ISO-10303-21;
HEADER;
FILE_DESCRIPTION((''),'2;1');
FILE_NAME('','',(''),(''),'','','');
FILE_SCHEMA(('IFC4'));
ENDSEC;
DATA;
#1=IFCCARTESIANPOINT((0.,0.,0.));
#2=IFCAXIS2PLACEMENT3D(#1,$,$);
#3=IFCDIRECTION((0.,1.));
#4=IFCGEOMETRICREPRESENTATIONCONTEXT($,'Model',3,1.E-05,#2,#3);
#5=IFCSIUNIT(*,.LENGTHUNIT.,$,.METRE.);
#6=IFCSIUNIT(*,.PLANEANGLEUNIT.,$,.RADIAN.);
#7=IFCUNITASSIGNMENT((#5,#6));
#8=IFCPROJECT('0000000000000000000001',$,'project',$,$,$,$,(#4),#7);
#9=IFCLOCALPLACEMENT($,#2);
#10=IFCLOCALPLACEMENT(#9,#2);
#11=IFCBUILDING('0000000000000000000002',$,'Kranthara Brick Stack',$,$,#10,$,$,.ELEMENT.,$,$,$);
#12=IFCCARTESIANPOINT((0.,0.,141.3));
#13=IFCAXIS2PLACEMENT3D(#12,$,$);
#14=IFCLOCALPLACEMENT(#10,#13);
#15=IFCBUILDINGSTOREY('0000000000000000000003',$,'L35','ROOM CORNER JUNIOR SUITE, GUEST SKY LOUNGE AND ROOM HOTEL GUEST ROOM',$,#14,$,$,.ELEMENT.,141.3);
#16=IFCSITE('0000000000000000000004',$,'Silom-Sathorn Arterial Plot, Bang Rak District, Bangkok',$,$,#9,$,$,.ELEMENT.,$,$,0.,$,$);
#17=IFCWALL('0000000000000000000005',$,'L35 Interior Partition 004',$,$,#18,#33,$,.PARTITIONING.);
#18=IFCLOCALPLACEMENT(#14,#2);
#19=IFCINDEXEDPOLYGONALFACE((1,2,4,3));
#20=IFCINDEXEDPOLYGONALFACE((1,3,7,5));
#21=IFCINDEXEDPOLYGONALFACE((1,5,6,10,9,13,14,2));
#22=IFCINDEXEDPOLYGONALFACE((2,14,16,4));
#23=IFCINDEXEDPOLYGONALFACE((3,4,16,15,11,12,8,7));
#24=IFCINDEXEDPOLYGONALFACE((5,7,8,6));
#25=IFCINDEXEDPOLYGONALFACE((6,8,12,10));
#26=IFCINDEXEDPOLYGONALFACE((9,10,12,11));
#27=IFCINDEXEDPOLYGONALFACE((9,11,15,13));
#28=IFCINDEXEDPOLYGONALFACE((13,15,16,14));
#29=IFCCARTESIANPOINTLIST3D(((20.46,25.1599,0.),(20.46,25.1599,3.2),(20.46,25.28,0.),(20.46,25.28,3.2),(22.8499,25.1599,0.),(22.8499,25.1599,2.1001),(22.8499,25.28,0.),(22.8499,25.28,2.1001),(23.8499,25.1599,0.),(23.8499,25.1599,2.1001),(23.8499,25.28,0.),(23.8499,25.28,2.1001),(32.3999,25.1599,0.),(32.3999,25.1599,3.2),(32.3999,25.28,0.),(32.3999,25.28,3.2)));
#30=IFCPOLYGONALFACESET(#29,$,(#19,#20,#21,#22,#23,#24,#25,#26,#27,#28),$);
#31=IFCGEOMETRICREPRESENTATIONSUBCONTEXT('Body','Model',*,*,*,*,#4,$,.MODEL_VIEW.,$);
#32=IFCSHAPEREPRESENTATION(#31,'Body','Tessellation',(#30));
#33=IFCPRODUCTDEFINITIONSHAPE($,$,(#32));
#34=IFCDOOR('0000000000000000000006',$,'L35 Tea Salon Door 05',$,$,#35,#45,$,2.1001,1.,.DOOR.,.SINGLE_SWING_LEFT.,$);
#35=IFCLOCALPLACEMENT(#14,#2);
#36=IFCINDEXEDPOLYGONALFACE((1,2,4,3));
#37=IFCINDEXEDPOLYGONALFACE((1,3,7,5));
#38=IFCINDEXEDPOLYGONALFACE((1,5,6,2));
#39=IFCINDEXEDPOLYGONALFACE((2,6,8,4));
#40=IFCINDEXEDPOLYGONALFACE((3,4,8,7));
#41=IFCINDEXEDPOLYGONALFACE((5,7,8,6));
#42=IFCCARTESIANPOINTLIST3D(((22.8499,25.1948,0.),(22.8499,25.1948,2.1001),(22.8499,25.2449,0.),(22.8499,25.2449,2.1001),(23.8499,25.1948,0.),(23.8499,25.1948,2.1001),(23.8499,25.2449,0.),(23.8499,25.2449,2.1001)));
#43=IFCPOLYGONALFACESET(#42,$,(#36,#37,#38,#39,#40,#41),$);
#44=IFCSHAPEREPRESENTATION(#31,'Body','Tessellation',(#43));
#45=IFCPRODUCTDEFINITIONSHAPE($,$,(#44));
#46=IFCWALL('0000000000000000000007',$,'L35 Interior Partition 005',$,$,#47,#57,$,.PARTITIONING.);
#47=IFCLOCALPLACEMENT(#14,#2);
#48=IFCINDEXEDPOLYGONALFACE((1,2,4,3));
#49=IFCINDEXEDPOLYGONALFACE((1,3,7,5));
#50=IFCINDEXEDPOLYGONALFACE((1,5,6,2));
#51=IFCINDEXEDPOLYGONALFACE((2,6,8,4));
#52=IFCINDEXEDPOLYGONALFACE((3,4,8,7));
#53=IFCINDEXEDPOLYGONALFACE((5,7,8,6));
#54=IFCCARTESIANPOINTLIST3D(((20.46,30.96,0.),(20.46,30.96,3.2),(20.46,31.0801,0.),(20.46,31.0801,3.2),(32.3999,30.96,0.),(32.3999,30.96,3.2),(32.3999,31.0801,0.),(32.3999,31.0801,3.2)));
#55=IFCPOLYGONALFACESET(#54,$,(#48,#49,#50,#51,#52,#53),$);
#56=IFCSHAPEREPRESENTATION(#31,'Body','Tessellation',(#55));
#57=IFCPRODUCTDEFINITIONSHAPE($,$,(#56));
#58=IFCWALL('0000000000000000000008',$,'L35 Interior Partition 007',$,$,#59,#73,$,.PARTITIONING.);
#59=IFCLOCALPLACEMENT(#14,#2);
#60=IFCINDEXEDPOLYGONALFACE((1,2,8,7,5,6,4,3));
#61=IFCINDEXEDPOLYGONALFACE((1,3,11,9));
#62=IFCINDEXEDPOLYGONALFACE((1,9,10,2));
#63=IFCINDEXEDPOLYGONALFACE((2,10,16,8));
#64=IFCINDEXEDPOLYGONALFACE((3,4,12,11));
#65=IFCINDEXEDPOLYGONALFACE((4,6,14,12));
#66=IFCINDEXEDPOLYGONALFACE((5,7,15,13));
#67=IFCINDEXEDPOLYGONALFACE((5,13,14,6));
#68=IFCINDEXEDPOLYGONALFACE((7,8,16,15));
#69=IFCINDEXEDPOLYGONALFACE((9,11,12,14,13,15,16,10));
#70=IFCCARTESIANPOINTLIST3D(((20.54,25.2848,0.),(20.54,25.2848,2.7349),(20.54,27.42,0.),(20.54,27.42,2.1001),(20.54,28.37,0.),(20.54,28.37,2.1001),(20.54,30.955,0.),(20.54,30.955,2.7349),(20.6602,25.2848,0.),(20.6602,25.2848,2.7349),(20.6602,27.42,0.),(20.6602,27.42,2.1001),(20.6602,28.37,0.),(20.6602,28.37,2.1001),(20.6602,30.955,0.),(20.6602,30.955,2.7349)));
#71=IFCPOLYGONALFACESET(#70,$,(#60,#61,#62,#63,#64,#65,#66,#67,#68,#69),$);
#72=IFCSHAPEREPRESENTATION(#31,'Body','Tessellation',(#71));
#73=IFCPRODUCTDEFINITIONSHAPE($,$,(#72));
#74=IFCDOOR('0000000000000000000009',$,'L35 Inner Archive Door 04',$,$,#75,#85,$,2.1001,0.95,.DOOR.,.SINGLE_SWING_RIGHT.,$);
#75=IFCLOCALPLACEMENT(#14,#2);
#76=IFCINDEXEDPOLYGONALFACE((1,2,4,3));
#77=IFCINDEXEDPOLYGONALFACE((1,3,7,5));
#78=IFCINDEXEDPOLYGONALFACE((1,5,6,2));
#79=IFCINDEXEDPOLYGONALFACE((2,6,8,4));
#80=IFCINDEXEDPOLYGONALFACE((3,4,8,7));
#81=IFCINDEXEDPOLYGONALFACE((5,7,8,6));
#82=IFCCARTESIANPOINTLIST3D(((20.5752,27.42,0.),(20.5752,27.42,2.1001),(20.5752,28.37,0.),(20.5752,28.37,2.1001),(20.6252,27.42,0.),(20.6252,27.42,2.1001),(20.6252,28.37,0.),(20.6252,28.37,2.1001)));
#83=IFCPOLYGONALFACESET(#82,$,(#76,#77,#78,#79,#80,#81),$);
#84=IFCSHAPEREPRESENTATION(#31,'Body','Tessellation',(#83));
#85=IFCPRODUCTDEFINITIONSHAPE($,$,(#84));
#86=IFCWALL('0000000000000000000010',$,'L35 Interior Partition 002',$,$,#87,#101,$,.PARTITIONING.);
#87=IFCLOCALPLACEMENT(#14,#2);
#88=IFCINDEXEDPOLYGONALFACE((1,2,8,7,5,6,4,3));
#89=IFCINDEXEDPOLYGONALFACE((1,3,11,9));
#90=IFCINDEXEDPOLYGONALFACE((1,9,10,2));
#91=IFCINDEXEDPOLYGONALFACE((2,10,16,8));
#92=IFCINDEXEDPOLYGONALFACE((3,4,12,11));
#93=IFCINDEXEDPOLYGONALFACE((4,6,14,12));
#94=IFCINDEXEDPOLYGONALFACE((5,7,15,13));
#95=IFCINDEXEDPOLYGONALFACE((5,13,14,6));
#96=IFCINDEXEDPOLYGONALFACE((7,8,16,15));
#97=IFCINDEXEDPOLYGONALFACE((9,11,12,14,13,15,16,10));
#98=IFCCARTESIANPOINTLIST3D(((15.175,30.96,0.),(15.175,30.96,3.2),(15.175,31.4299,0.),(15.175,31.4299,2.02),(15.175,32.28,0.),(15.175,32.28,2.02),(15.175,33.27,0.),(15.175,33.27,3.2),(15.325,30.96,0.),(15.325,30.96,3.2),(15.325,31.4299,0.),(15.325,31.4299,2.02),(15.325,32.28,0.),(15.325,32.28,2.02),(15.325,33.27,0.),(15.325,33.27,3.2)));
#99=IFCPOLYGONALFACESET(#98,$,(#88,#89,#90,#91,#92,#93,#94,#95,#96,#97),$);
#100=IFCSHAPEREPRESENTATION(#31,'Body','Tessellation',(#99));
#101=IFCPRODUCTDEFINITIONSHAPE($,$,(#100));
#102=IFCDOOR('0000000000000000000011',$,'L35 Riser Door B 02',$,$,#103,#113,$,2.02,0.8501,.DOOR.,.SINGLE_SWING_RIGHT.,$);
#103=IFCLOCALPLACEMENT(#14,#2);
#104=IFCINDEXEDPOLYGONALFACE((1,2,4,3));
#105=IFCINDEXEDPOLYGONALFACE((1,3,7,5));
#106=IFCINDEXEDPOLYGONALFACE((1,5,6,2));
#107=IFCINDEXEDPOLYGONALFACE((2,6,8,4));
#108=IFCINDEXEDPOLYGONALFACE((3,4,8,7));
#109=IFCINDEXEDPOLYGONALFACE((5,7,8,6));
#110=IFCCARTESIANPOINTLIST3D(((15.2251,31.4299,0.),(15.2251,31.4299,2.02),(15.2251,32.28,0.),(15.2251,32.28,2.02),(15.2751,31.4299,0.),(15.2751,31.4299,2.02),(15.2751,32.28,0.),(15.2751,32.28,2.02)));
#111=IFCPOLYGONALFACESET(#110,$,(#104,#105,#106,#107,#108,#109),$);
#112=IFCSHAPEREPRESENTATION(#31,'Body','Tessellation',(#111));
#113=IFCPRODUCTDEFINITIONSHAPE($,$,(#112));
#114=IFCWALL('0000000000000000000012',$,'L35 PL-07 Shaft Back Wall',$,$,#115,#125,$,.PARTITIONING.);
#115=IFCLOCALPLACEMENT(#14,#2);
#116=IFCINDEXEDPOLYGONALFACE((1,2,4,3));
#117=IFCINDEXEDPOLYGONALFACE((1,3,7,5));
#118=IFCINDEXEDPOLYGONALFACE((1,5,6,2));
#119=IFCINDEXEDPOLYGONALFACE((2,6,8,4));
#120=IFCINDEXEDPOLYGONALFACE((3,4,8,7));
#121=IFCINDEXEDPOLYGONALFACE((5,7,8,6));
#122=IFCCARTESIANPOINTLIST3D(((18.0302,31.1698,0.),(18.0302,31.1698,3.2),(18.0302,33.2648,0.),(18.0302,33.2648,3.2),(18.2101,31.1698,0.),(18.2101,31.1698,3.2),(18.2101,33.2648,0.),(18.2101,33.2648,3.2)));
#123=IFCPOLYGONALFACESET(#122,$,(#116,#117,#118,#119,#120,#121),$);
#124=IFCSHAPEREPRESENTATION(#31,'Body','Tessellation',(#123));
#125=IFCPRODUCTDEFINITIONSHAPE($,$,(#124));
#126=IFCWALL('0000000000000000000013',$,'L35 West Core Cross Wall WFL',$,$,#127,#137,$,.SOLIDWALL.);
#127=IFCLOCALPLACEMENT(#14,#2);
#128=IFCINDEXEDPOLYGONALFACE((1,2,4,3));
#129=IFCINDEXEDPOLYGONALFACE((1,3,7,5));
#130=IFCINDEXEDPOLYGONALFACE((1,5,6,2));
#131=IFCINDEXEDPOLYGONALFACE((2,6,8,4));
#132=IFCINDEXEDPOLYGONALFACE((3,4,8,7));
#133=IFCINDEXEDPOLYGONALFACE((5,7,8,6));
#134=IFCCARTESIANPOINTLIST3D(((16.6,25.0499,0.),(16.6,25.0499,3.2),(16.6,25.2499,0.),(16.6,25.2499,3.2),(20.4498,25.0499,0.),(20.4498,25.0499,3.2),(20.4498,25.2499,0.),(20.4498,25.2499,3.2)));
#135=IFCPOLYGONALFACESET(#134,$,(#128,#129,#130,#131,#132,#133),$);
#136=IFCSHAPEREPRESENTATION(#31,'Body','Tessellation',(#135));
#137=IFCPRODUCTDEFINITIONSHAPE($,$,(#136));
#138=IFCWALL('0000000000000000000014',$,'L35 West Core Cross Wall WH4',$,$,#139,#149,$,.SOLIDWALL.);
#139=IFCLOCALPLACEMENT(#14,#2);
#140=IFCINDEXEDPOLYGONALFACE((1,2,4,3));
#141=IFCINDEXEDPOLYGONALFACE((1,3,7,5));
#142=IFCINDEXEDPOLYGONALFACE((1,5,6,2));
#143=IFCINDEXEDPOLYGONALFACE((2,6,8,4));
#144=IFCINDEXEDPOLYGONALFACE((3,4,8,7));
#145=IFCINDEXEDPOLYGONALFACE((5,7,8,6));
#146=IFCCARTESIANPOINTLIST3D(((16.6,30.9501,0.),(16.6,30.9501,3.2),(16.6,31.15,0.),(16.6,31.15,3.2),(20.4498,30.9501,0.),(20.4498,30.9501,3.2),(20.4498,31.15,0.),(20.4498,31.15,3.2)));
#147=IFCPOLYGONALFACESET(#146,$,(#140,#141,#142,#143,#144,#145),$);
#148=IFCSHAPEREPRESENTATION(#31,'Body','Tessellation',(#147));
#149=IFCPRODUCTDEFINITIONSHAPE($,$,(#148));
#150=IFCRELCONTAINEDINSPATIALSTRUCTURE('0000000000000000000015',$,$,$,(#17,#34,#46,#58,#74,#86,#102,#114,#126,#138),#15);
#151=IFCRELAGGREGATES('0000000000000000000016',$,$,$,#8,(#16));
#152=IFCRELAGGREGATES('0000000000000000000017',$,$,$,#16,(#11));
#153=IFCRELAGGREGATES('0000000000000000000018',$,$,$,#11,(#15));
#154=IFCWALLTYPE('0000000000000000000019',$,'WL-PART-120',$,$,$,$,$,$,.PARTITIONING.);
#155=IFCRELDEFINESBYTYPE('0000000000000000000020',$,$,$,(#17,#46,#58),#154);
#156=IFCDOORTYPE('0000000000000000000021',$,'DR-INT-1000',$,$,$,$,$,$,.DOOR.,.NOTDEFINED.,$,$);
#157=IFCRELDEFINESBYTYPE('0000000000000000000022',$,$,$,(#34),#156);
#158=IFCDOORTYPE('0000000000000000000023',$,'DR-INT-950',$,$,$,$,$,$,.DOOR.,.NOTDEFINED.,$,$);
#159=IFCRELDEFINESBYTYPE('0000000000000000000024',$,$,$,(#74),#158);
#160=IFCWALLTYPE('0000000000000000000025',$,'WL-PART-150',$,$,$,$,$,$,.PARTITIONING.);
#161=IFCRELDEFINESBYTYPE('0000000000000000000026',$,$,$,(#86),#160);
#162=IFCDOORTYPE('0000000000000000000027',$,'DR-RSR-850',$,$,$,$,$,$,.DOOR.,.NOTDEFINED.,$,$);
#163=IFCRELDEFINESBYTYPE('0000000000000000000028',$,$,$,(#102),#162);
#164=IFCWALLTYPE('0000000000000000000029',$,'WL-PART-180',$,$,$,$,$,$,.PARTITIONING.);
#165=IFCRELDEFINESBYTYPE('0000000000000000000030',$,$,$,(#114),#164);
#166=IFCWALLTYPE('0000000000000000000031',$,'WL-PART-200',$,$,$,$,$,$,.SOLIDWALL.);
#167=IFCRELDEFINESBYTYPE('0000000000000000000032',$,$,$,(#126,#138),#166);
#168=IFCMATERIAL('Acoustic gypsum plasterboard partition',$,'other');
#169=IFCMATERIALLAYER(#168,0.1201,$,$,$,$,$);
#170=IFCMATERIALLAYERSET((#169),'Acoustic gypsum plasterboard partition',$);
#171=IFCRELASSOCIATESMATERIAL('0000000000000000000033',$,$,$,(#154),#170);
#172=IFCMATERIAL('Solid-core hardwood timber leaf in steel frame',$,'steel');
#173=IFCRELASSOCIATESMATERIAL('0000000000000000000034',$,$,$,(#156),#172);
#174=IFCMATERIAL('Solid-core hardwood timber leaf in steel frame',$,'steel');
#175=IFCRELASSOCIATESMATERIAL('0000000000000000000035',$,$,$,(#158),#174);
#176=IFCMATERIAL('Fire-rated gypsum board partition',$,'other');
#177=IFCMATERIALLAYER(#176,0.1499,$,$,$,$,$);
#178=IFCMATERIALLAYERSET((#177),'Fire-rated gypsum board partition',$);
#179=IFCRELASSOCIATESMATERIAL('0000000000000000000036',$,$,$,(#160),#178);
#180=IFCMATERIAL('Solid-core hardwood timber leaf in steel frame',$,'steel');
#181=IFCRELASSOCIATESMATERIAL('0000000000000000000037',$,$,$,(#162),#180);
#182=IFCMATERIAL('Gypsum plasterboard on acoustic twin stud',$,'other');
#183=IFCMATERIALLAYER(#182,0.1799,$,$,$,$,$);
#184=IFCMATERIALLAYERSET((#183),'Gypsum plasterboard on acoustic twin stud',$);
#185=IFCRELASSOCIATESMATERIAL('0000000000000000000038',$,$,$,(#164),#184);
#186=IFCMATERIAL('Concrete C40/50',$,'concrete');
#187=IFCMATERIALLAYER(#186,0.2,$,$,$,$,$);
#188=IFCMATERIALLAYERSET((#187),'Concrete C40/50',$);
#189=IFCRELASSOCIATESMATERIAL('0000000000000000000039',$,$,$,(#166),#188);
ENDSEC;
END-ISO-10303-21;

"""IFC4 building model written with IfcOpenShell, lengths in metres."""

from ifc_helpers import new_model, si_unit, direction, frame, frame_2d, origin, place, context, subcontext, project, spatial, rectangle, extrude, material, layer, layer_set, type_object, element, fill, save


model = new_model("IFC4")

# Units and contexts
model_context = context("Model", 3, precision=1e-05, world=origin(), true_north=direction((0.0, 1.0)))
body_context = subcontext(model_context, "Body", "Model", "MODEL_VIEW")
ifc_project = project(units=[si_unit("LENGTHUNIT", "METRE"), si_unit("PLANEANGLEUNIT", "RADIAN")], contexts=[model_context])

# Site, building, storey
site_placement = place(None, origin())
site = spatial("IfcSite", under=ifc_project, at=site_placement, Name="Silom-Sathorn Arterial Plot, Bang Rak District, Bangkok", CompositionType="ELEMENT", RefElevation=0.0)
building_placement = place(site_placement, origin())
building = spatial("IfcBuilding", under=site, at=building_placement, Name="Kranthara Brick Stack", CompositionType="ELEMENT")
storey_placement = place(building_placement, frame((0.0, 0.0, 141.3)))
storey = spatial("IfcBuildingStorey", under=building, at=storey_placement, Name="L35", Description="ROOM CORNER JUNIOR SUITE, GUEST SKY LOUNGE AND ROOM HOTEL GUEST ROOM", CompositionType="ELEMENT", Elevation=141.3)

# Wall, opening, door
ifc_material_1 = material(Name="Acoustic gypsum plasterboard partition", Category="other")
ifc_layer_1 = layer(ifc_material_1, 0.1201)
ifc_layer_set_1 = layer_set([ifc_layer_1], Name="Acoustic gypsum plasterboard partition")
wall_type_1 = type_object("IfcWallType", Name="WL-PART-120", PredefinedType="PARTITIONING", material=ifc_layer_set_1)
wall_1_placement = place(storey_placement, frame((20.46, 25.22, 0.0), z_axis=(0.0, 0.0, 1.0), x_axis=(1.0, 0.0, 0.0)))
wall_1 = element("IfcWall", 1, at=wall_1_placement, inside=storey, type_object=wall_type_1, Name="L35 Interior Partition 004", PredefinedType="PARTITIONING", context=body_context, shape_type="SweptSolid", body=[
    extrude(rectangle(XDim=11.9399, YDim=0.1201, at=frame_2d((5.97, 0.0))), origin(), (0.0, 0.0, 1.0), 3.2),
])
opening_1_placement = place(wall_1_placement, frame((2.3899, 0.0, 0.0)))
opening_1 = element("IfcOpeningElement", 2, at=opening_1_placement, cuts=wall_1, PredefinedType="OPENING", context=body_context, shape_type="SweptSolid", body=[
    extrude(rectangle(XDim=1.0, YDim=2.1001, at=frame_2d((0.5, 1.05))), frame((0.0, 0.0701, 0.0), z_axis=(0.0, -1.0, 0.0), x_axis=(1.0, 0.0, 0.0)), (0.0, 0.0, 1.0), 0.1401),
])
ifc_material_2 = material(Name="Solid-core hardwood timber leaf in steel frame", Category="steel")
door_type_1 = type_object("IfcDoorType", Name="DR-INT-1000", OperationType="NOTDEFINED", PredefinedType="DOOR", material=ifc_material_2)
door_1_placement = place(opening_1_placement, origin())
door_1 = element("IfcDoor", 3, at=door_1_placement, inside=storey, type_object=door_type_1, Name="L35 Tea Salon Door 05", OperationType="SINGLE_SWING_LEFT", OverallHeight=2.1001, OverallWidth=1.0, PredefinedType="DOOR", context=body_context, shape_type="SweptSolid", body=[
    extrude(rectangle(XDim=1.0, YDim=2.1001, at=frame_2d((0.5, 1.05))), frame((0.0, 0.0249, 0.0), z_axis=(0.0, -1.0, 0.0), x_axis=(1.0, 0.0, 0.0)), (0.0, 0.0, 1.0), 0.05),
])
fill(opening_1, door_1)

# Wall
wall_2_placement = place(storey_placement, frame((20.46, 31.02, 0.0), z_axis=(0.0, 0.0, 1.0), x_axis=(1.0, 0.0, 0.0)))
element("IfcWall", 4, at=wall_2_placement, inside=storey, type_object=wall_type_1, Name="L35 Interior Partition 005", PredefinedType="PARTITIONING", context=body_context, shape_type="SweptSolid", body=[
    extrude(rectangle(XDim=11.9399, YDim=0.1201, at=frame_2d((5.97, 0.0))), origin(), (0.0, 0.0, 1.0), 3.2),
])

# Walls, openings, doors
wall_3_placement = place(storey_placement, frame((20.6001, 25.2849, 0.0), z_axis=(0.0, 0.0, 1.0), x_axis=(0.0, 1.0, 0.0)))
wall_3 = element("IfcWall", 5, at=wall_3_placement, inside=storey, type_object=wall_type_1, Name="L35 Interior Partition 007", PredefinedType="PARTITIONING", context=body_context, shape_type="SweptSolid", body=[
    extrude(rectangle(XDim=5.6702, YDim=0.1201, at=frame_2d((2.835, 0.0))), origin(), (0.0, 0.0, 1.0), 2.7349),
])
opening_2_placement = place(wall_3_placement, frame((2.135, 0.0, 0.0)))
opening_2 = element("IfcOpeningElement", 6, at=opening_2_placement, cuts=wall_3, PredefinedType="OPENING", context=body_context, shape_type="SweptSolid", body=[
    extrude(rectangle(XDim=0.95, YDim=2.1001, at=frame_2d((0.4751, 1.05))), frame((0.0, 0.0701, 0.0), z_axis=(0.0, -1.0, 0.0), x_axis=(1.0, 0.0, 0.0)), (0.0, 0.0, 1.0), 0.1401),
])
ifc_material_3 = material(Name="Solid-core hardwood timber leaf in steel frame", Category="steel")
door_type_2 = type_object("IfcDoorType", Name="DR-INT-950", OperationType="NOTDEFINED", PredefinedType="DOOR", material=ifc_material_3)
door_2_placement = place(opening_2_placement, origin())
door_2 = element("IfcDoor", 7, at=door_2_placement, inside=storey, type_object=door_type_2, Name="L35 Inner Archive Door 04", OperationType="SINGLE_SWING_RIGHT", OverallHeight=2.1001, OverallWidth=0.95, PredefinedType="DOOR", context=body_context, shape_type="SweptSolid", body=[
    extrude(rectangle(XDim=0.95, YDim=2.1001, at=frame_2d((0.4751, 1.05))), frame((0.0, 0.0249, 0.0), z_axis=(0.0, -1.0, 0.0), x_axis=(1.0, 0.0, 0.0)), (0.0, 0.0, 1.0), 0.05),
])
fill(opening_2, door_2)
ifc_material_4 = material(Name="Fire-rated gypsum board partition", Category="other")
ifc_layer_2 = layer(ifc_material_4, 0.1499)
ifc_layer_set_2 = layer_set([ifc_layer_2], Name="Fire-rated gypsum board partition")
wall_type_2 = type_object("IfcWallType", Name="WL-PART-150", PredefinedType="PARTITIONING", material=ifc_layer_set_2)
wall_4_placement = place(storey_placement, frame((15.25, 30.96, 0.0), z_axis=(0.0, 0.0, 1.0), x_axis=(0.0, 1.0, 0.0)))
wall_4 = element("IfcWall", 8, at=wall_4_placement, inside=storey, type_object=wall_type_2, Name="L35 Interior Partition 002", PredefinedType="PARTITIONING", context=body_context, shape_type="SweptSolid", body=[
    extrude(rectangle(XDim=2.3101, YDim=0.1499, at=frame_2d((1.155, 0.0))), origin(), (0.0, 0.0, 1.0), 3.2),
])
opening_3_placement = place(wall_4_placement, frame((0.47, 0.0, 0.0)))
opening_3 = element("IfcOpeningElement", 9, at=opening_3_placement, cuts=wall_4, PredefinedType="OPENING", context=body_context, shape_type="SweptSolid", body=[
    extrude(rectangle(XDim=0.8501, YDim=2.02, at=frame_2d((0.425, 1.01))), frame((0.0, 0.085, 0.0), z_axis=(0.0, -1.0, 0.0), x_axis=(1.0, 0.0, 0.0)), (0.0, 0.0, 1.0), 0.1699),
])
ifc_material_5 = material(Name="Solid-core hardwood timber leaf in steel frame", Category="steel")
door_type_3 = type_object("IfcDoorType", Name="DR-RSR-850", OperationType="NOTDEFINED", PredefinedType="DOOR", material=ifc_material_5)
door_3_placement = place(opening_3_placement, origin())
door_3 = element("IfcDoor", 10, at=door_3_placement, inside=storey, type_object=door_type_3, Name="L35 Riser Door B 02", OperationType="SINGLE_SWING_RIGHT", OverallHeight=2.02, OverallWidth=0.8501, PredefinedType="DOOR", context=body_context, shape_type="SweptSolid", body=[
    extrude(rectangle(XDim=0.8501, YDim=2.02, at=frame_2d((0.425, 1.01))), frame((0.0, 0.0249, 0.0), z_axis=(0.0, -1.0, 0.0), x_axis=(1.0, 0.0, 0.0)), (0.0, 0.0, 1.0), 0.05),
])
fill(opening_3, door_3)

# Walls
ifc_material_6 = material(Name="Gypsum plasterboard on acoustic twin stud", Category="other")
ifc_layer_3 = layer(ifc_material_6, 0.1799)
ifc_layer_set_3 = layer_set([ifc_layer_3], Name="Gypsum plasterboard on acoustic twin stud")
wall_type_3 = type_object("IfcWallType", Name="WL-PART-180", PredefinedType="PARTITIONING", material=ifc_layer_set_3)
wall_5_placement = place(storey_placement, frame((18.1201, 31.1699, 0.0), z_axis=(0.0, 0.0, 1.0), x_axis=(0.0, 1.0, 0.0)))
element("IfcWall", 11, at=wall_5_placement, inside=storey, type_object=wall_type_3, Name="L35 PL-07 Shaft Back Wall", PredefinedType="PARTITIONING", context=body_context, shape_type="SweptSolid", body=[
    extrude(rectangle(XDim=2.095, YDim=0.1799, at=frame_2d((1.0474, 0.0))), origin(), (0.0, 0.0, 1.0), 3.2),
])
ifc_material_7 = material(Name="Concrete C40/50", Category="concrete")
ifc_layer_4 = layer(ifc_material_7, 0.2)
ifc_layer_set_4 = layer_set([ifc_layer_4], Name="Concrete C40/50")
wall_type_4 = type_object("IfcWallType", Name="WL-PART-200", PredefinedType="SOLIDWALL", material=ifc_layer_set_4)
for number, where, z_axis, x_axis, name in (
    (12, (16.6001, 25.1499, 0.0), (0.0, 0.0, 1.0), (1.0, 0.0, 0.0), "L35 West Core Cross Wall WFL"),
    (13, (16.6001, 31.05, 0.0), (0.0, 0.0, 1.0), (1.0, 0.0, 0.0), "L35 West Core Cross Wall WH4"),
):
    element("IfcWall", number, at=place(storey_placement, frame(where, z_axis=z_axis, x_axis=x_axis)), inside=storey, type_object=wall_type_4, Name=name, PredefinedType="SOLIDWALL", context=body_context, shape_type="SweptSolid", body=[
        extrude(rectangle(XDim=3.8499, YDim=0.2, at=frame_2d((1.9248, 0.0))), origin(), (0.0, 0.0, 1.0), 3.2),
    ])

save(model, "model.ifc")
